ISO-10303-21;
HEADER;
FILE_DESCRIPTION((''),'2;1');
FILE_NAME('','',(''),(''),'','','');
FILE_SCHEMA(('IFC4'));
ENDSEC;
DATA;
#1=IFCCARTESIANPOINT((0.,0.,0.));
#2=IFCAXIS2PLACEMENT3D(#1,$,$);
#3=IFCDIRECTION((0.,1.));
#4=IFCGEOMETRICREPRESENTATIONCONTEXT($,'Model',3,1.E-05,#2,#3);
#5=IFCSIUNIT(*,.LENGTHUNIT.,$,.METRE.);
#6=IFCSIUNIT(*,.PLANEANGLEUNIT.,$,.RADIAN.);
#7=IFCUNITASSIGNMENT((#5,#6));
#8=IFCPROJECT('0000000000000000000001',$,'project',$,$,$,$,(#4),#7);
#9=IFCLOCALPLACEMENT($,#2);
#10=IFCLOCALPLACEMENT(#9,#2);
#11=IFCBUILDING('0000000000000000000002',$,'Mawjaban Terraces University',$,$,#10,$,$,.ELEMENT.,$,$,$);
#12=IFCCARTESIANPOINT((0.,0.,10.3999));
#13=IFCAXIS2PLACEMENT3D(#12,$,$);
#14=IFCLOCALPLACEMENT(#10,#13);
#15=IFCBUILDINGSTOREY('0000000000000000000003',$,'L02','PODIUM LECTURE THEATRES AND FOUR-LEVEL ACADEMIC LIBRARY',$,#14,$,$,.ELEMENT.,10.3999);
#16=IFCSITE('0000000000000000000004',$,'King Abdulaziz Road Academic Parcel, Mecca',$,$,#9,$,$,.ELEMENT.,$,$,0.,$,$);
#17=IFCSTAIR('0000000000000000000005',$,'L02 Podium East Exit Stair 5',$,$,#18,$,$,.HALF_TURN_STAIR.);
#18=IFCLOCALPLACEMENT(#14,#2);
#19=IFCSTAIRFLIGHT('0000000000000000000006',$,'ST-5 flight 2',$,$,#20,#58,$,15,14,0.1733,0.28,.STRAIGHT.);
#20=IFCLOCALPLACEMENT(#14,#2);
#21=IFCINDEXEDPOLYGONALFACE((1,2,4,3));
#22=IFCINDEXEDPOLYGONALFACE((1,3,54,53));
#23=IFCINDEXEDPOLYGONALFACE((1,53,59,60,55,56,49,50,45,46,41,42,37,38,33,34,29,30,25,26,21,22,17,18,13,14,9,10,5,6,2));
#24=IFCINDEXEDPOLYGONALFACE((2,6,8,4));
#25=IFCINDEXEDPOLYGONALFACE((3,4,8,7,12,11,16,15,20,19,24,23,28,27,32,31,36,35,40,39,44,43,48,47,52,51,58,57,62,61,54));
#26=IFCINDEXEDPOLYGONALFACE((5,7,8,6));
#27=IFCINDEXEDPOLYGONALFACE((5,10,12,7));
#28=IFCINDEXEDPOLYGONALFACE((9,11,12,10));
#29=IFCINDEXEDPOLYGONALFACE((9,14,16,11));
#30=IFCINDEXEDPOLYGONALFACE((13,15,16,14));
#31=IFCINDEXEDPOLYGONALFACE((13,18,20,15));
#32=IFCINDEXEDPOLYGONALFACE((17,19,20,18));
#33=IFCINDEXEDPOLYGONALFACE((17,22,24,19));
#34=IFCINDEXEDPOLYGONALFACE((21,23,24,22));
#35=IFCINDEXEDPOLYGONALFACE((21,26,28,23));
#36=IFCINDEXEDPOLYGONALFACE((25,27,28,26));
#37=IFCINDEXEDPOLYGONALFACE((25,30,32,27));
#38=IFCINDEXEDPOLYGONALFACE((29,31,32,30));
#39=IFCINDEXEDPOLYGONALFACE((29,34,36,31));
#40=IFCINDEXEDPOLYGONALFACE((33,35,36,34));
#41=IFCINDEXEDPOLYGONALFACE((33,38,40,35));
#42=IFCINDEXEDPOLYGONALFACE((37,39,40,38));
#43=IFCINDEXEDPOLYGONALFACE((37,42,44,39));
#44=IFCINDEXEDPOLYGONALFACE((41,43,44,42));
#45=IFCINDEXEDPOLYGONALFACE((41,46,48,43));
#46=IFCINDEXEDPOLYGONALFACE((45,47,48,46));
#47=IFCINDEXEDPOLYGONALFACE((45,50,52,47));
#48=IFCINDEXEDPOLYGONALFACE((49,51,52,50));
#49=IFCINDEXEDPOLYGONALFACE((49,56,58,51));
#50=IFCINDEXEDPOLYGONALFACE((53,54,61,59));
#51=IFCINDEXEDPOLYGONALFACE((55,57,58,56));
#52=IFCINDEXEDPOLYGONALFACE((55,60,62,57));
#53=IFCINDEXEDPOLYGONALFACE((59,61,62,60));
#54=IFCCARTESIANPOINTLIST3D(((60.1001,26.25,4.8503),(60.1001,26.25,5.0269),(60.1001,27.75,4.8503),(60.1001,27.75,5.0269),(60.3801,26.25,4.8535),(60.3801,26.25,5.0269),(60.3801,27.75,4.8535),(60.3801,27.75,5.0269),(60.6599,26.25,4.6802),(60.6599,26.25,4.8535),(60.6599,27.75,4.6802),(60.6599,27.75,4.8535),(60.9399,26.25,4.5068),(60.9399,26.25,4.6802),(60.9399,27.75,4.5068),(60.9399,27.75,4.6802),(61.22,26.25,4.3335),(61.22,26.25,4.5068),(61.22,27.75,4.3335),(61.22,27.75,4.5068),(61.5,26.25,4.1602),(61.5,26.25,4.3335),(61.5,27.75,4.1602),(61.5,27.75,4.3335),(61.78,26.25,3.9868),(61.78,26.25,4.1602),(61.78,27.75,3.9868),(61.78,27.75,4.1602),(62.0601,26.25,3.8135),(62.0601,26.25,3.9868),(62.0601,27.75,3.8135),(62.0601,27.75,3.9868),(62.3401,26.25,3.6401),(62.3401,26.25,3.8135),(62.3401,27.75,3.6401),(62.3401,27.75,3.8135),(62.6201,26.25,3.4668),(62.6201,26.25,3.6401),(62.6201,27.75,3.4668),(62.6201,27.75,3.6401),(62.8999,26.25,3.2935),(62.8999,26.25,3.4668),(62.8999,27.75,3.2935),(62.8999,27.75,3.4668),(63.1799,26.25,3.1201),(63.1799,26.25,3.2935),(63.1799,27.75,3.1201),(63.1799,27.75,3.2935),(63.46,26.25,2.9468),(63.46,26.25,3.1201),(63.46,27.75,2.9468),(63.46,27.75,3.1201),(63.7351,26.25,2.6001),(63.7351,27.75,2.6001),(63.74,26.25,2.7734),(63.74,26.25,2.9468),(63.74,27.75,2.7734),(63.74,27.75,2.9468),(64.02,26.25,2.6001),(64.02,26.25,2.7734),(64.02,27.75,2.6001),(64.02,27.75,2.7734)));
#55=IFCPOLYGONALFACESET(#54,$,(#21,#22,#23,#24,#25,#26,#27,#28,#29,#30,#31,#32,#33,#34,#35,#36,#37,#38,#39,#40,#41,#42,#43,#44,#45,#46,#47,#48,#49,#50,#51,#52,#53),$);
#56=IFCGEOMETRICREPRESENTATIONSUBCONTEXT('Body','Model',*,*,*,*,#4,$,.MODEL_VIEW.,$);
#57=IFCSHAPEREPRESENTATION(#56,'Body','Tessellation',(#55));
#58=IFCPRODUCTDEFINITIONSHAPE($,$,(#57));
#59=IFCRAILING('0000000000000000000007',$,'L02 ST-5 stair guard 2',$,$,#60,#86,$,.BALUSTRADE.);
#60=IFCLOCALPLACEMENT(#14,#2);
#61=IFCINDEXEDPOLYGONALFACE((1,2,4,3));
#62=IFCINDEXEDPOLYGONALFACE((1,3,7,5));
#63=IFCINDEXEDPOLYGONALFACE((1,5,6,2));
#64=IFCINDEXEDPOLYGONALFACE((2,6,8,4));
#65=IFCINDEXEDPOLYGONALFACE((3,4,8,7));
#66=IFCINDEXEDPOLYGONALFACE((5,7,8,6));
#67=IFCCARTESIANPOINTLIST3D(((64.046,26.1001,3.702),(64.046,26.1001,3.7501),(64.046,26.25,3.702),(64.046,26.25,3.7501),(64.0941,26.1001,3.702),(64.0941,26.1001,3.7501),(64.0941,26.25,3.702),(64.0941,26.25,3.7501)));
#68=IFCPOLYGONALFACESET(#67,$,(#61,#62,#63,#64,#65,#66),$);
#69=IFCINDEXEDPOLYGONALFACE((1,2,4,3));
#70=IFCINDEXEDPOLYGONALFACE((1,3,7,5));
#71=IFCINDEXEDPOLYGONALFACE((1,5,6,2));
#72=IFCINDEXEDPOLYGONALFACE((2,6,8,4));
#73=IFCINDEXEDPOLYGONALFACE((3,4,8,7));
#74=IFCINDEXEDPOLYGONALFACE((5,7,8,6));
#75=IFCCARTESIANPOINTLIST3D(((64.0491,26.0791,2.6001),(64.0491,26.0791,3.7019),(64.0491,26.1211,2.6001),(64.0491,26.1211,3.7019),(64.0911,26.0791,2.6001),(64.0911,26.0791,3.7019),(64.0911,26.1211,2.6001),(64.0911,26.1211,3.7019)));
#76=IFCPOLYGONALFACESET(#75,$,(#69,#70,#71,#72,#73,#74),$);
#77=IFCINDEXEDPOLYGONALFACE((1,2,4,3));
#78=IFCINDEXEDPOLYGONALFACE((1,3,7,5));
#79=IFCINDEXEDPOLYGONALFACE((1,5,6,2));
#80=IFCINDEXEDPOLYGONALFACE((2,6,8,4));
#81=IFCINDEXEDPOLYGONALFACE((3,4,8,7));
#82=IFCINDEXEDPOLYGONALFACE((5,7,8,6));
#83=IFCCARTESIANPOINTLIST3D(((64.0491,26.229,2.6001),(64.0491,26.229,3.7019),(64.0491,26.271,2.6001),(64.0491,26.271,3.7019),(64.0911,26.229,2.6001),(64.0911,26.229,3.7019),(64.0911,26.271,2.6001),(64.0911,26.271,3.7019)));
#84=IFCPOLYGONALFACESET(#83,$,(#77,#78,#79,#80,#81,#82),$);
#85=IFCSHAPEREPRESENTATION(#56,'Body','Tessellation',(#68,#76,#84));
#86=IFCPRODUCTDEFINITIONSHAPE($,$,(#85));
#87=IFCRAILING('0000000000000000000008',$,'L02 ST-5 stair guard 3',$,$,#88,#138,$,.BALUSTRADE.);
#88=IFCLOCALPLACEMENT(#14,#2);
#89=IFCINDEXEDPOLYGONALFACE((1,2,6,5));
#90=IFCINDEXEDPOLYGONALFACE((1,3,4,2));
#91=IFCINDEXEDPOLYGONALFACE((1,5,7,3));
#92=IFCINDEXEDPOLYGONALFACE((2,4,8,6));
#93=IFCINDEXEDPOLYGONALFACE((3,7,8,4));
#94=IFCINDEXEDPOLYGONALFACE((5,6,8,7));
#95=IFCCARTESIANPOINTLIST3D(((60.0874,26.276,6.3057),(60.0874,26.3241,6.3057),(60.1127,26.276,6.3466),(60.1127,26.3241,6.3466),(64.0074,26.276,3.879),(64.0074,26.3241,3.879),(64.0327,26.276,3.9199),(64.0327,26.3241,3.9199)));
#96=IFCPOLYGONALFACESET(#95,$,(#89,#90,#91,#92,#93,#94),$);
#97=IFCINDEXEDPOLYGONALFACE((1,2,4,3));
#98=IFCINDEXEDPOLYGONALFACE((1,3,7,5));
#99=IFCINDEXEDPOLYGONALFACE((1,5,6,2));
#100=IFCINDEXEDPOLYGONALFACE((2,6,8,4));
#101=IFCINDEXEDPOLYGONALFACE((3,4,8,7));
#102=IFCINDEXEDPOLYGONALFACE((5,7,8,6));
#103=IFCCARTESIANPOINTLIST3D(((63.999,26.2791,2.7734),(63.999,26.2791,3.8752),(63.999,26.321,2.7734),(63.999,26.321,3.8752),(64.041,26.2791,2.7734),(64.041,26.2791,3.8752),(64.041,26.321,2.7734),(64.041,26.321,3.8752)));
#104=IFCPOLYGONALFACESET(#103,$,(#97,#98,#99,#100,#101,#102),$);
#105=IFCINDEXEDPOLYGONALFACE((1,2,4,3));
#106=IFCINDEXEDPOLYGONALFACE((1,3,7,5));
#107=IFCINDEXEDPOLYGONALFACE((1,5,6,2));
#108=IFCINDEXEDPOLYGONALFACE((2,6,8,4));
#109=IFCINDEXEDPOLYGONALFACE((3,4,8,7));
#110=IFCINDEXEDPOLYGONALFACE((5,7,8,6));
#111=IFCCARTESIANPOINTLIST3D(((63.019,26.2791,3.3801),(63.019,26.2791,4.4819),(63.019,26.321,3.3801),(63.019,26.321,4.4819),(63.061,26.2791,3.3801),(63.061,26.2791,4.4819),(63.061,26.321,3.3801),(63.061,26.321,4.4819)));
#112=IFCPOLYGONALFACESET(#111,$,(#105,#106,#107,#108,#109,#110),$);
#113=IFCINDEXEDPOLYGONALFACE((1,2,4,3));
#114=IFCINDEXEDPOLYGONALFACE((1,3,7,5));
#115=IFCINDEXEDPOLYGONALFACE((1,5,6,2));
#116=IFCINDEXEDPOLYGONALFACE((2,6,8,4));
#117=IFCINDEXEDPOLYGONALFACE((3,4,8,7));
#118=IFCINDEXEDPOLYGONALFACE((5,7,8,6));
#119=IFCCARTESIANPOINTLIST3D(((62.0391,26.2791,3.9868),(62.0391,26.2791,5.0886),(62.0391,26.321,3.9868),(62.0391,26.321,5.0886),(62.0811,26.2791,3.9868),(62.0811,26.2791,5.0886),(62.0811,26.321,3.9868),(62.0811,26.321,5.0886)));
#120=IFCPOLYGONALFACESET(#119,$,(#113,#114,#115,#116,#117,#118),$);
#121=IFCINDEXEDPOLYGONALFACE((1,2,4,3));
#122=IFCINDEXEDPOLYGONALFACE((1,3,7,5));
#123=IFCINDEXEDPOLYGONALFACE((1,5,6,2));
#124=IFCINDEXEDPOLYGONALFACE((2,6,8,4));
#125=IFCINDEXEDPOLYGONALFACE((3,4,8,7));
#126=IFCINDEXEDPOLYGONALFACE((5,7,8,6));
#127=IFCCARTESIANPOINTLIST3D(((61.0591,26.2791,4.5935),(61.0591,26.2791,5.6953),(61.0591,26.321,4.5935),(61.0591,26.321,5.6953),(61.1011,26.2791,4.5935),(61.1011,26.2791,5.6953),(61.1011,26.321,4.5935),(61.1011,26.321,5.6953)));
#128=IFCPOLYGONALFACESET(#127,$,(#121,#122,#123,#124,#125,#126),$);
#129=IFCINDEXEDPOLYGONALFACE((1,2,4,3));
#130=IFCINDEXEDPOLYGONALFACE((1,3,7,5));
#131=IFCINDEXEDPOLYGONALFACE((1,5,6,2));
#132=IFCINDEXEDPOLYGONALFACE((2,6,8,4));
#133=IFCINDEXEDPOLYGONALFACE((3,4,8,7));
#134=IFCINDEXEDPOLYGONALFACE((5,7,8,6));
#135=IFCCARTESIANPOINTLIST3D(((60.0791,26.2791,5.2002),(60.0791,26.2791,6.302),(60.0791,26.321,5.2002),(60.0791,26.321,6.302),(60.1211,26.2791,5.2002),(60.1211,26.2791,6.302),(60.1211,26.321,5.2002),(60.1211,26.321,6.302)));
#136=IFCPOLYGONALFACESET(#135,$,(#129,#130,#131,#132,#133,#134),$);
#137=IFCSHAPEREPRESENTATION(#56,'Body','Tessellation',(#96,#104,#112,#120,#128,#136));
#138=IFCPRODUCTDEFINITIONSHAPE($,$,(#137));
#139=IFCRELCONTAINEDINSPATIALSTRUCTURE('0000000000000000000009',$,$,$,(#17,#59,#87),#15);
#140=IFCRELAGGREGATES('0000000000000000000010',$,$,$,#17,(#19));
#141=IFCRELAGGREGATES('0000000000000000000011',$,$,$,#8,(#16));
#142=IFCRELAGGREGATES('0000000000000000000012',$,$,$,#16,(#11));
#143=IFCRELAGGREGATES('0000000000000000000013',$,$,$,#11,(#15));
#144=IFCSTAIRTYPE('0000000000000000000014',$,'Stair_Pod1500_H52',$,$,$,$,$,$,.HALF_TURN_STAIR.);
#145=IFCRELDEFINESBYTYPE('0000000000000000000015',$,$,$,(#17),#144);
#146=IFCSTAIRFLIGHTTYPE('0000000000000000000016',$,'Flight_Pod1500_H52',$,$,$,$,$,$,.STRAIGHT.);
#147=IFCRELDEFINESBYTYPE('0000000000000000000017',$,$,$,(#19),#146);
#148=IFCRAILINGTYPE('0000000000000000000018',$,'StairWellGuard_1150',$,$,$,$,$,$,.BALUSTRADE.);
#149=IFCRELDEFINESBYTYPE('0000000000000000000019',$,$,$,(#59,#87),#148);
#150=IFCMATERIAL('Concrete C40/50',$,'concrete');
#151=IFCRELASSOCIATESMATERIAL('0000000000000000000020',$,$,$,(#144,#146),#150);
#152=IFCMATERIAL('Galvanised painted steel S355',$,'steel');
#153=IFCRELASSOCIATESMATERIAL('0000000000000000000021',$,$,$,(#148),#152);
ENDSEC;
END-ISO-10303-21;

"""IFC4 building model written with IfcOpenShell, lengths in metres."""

from ifc_helpers import new_model, si_unit, direction, frame, origin, origin_2d, place, context, subcontext, project, spatial, polyline, rectangle, outline, extrude, material, type_object, element, aggregate, save


model = new_model("IFC4")

# Units and contexts
model_context = context("Model", 3, precision=1e-05, world=origin(), true_north=direction((0.0, 1.0)))
body_context = subcontext(model_context, "Body", "Model", "MODEL_VIEW")
ifc_project = project(units=[si_unit("LENGTHUNIT", "METRE"), si_unit("PLANEANGLEUNIT", "RADIAN")], contexts=[model_context])

# Site, building, storey
site_placement = place(None, origin())
site = spatial("IfcSite", under=ifc_project, at=site_placement, Name="King Abdulaziz Road Academic Parcel, Mecca", CompositionType="ELEMENT", RefElevation=0.0)
building_placement = place(site_placement, origin())
building = spatial("IfcBuilding", under=site, at=building_placement, Name="Mawjaban Terraces University", CompositionType="ELEMENT")
storey_placement = place(building_placement, frame((0.0, 0.0, 10.3999)))
storey = spatial("IfcBuildingStorey", under=building, at=storey_placement, Name="L02", Description="PODIUM LECTURE THEATRES AND FOUR-LEVEL ACADEMIC LIBRARY", CompositionType="ELEMENT", Elevation=10.3999)

# Stair, stair flight
ifc_material_1 = material(Name="Concrete C40/50", Category="concrete")
stair_type = type_object("IfcStairType", Name="Stair_Pod1500_H52", PredefinedType="HALF_TURN_STAIR", material=ifc_material_1)
stair_placement = place(storey_placement, origin())
stair = element("IfcStair", 1, at=stair_placement, inside=storey, type_object=stair_type, Name="L02 Podium East Exit Stair 5", PredefinedType="HALF_TURN_STAIR")
stair_flight_type = type_object("IfcStairFlightType", Name="Flight_Pod1500_H52", PredefinedType="STRAIGHT", material=ifc_material_1)
stair_flight_placement = place(storey_placement, frame((64.02, 27.0, 2.6001), z_axis=(0.0, 0.0, 1.0), x_axis=(-1.0, 0.0, 0.0)))
stair_flight = element("IfcStairFlight", 2, at=stair_flight_placement, type_object=stair_flight_type, Name="ST-5 flight 2", NumberOfRisers=15, NumberOfTreads=14, PredefinedType="STRAIGHT", RiserHeight=0.1733, TreadLength=0.28, context=body_context, shape_type="SweptSolid", body=[
    extrude(outline(polyline([(0.0, 0.0), (0.0, 0.1733), (0.28, 0.1733), (0.28, 0.3467), (0.5601, 0.3467), (0.5601, 0.52), (0.8401, 0.52), (0.8401, 0.6934), (1.1201, 0.6934), (1.1201, 0.8667), (1.3999, 0.8667), (1.3999, 1.04), (1.6799, 1.04), (1.6799, 1.2134), (1.96, 1.2134), (1.96, 1.3867), (2.24, 1.3867), (2.24, 1.5601), (2.52, 1.5601), (2.52, 1.7334), (2.8, 1.7334), (2.8, 1.9067), (3.0801, 1.9067), (3.0801, 2.0801), (3.3601, 2.0801), (3.3601, 2.2534), (3.6399, 2.2534), (3.6399, 2.4268), (3.9199, 2.4268), (3.9199, 2.6001), (3.9199, 2.2502), (0.2849, 0.0), (0.0, 0.0)])), frame((0.0, 0.75, 0.0), z_axis=(0.0, -1.0, 0.0), x_axis=(1.0, 0.0, 0.0)), (0.0, 0.0, 1.0), 1.5),
])
aggregate(stair, [stair_flight])

# Railings
ifc_material_2 = material(Name="Galvanised painted steel S355", Category="steel")
railing_type = type_object("IfcRailingType", Name="StairWellGuard_1150", PredefinedType="BALUSTRADE", material=ifc_material_2)
railing_1_placement = place(storey_placement, frame((64.0701, 26.1001, 2.6001)))
element("IfcRailing", 3, at=railing_1_placement, inside=storey, type_object=railing_type, Name="L02 ST-5 stair guard 2", PredefinedType="BALUSTRADE", context=body_context, shape_type="SweptSolid", body=[
    extrude(rectangle(XDim=0.0481, YDim=0.0481, at=origin_2d()), frame((0.0, 0.0, 1.126), z_axis=(0.0, 1.0, 0.0), x_axis=(-1.0, 0.0, 0.0)), (0.0, 0.0, 1.0), 0.1499),
    extrude(rectangle(XDim=0.042, YDim=0.042, at=origin_2d()), origin(), (0.0, 0.0, 1.0), 1.1018),
    extrude(rectangle(XDim=0.042, YDim=0.042, at=origin_2d()), frame((0.0, 0.1499, 0.0)), (0.0, 0.0, 1.0), 1.1018),
])
railing_2_placement = place(storey_placement, frame((64.02, 26.3, 2.7734)))
element("IfcRailing", 4, at=railing_2_placement, inside=storey, type_object=railing_type, Name="L02 ST-5 stair guard 3", PredefinedType="BALUSTRADE", context=body_context, shape_type="SweptSolid", body=[
    extrude(rectangle(XDim=0.0481, YDim=0.0481, at=origin_2d()), frame((0.0, 0.0, 1.126), z_axis=(-0.850252, 0.0, 0.526376), x_axis=(0.0, -1.0, 0.0)), (0.0, 0.0, 1.0), 4.6104),
    extrude(rectangle(XDim=0.042, YDim=0.042, at=origin_2d()), origin(), (0.0, 0.0, 1.0), 1.1018),
    extrude(rectangle(XDim=0.042, YDim=0.042, at=origin_2d()), frame((-0.98, 0.0, 0.6067)), (0.0, 0.0, 1.0), 1.1018),
    extrude(rectangle(XDim=0.042, YDim=0.042, at=origin_2d()), frame((-1.96, 0.0, 1.2134)), (0.0, 0.0, 1.0), 1.1018),
    extrude(rectangle(XDim=0.042, YDim=0.042, at=origin_2d()), frame((-2.9399, 0.0, 1.8201)), (0.0, 0.0, 1.0), 1.1018),
    extrude(rectangle(XDim=0.042, YDim=0.042, at=origin_2d()), frame((-3.9199, 0.0, 2.4268)), (0.0, 0.0, 1.0), 1.1018),
])

save(model, "model.ifc")
